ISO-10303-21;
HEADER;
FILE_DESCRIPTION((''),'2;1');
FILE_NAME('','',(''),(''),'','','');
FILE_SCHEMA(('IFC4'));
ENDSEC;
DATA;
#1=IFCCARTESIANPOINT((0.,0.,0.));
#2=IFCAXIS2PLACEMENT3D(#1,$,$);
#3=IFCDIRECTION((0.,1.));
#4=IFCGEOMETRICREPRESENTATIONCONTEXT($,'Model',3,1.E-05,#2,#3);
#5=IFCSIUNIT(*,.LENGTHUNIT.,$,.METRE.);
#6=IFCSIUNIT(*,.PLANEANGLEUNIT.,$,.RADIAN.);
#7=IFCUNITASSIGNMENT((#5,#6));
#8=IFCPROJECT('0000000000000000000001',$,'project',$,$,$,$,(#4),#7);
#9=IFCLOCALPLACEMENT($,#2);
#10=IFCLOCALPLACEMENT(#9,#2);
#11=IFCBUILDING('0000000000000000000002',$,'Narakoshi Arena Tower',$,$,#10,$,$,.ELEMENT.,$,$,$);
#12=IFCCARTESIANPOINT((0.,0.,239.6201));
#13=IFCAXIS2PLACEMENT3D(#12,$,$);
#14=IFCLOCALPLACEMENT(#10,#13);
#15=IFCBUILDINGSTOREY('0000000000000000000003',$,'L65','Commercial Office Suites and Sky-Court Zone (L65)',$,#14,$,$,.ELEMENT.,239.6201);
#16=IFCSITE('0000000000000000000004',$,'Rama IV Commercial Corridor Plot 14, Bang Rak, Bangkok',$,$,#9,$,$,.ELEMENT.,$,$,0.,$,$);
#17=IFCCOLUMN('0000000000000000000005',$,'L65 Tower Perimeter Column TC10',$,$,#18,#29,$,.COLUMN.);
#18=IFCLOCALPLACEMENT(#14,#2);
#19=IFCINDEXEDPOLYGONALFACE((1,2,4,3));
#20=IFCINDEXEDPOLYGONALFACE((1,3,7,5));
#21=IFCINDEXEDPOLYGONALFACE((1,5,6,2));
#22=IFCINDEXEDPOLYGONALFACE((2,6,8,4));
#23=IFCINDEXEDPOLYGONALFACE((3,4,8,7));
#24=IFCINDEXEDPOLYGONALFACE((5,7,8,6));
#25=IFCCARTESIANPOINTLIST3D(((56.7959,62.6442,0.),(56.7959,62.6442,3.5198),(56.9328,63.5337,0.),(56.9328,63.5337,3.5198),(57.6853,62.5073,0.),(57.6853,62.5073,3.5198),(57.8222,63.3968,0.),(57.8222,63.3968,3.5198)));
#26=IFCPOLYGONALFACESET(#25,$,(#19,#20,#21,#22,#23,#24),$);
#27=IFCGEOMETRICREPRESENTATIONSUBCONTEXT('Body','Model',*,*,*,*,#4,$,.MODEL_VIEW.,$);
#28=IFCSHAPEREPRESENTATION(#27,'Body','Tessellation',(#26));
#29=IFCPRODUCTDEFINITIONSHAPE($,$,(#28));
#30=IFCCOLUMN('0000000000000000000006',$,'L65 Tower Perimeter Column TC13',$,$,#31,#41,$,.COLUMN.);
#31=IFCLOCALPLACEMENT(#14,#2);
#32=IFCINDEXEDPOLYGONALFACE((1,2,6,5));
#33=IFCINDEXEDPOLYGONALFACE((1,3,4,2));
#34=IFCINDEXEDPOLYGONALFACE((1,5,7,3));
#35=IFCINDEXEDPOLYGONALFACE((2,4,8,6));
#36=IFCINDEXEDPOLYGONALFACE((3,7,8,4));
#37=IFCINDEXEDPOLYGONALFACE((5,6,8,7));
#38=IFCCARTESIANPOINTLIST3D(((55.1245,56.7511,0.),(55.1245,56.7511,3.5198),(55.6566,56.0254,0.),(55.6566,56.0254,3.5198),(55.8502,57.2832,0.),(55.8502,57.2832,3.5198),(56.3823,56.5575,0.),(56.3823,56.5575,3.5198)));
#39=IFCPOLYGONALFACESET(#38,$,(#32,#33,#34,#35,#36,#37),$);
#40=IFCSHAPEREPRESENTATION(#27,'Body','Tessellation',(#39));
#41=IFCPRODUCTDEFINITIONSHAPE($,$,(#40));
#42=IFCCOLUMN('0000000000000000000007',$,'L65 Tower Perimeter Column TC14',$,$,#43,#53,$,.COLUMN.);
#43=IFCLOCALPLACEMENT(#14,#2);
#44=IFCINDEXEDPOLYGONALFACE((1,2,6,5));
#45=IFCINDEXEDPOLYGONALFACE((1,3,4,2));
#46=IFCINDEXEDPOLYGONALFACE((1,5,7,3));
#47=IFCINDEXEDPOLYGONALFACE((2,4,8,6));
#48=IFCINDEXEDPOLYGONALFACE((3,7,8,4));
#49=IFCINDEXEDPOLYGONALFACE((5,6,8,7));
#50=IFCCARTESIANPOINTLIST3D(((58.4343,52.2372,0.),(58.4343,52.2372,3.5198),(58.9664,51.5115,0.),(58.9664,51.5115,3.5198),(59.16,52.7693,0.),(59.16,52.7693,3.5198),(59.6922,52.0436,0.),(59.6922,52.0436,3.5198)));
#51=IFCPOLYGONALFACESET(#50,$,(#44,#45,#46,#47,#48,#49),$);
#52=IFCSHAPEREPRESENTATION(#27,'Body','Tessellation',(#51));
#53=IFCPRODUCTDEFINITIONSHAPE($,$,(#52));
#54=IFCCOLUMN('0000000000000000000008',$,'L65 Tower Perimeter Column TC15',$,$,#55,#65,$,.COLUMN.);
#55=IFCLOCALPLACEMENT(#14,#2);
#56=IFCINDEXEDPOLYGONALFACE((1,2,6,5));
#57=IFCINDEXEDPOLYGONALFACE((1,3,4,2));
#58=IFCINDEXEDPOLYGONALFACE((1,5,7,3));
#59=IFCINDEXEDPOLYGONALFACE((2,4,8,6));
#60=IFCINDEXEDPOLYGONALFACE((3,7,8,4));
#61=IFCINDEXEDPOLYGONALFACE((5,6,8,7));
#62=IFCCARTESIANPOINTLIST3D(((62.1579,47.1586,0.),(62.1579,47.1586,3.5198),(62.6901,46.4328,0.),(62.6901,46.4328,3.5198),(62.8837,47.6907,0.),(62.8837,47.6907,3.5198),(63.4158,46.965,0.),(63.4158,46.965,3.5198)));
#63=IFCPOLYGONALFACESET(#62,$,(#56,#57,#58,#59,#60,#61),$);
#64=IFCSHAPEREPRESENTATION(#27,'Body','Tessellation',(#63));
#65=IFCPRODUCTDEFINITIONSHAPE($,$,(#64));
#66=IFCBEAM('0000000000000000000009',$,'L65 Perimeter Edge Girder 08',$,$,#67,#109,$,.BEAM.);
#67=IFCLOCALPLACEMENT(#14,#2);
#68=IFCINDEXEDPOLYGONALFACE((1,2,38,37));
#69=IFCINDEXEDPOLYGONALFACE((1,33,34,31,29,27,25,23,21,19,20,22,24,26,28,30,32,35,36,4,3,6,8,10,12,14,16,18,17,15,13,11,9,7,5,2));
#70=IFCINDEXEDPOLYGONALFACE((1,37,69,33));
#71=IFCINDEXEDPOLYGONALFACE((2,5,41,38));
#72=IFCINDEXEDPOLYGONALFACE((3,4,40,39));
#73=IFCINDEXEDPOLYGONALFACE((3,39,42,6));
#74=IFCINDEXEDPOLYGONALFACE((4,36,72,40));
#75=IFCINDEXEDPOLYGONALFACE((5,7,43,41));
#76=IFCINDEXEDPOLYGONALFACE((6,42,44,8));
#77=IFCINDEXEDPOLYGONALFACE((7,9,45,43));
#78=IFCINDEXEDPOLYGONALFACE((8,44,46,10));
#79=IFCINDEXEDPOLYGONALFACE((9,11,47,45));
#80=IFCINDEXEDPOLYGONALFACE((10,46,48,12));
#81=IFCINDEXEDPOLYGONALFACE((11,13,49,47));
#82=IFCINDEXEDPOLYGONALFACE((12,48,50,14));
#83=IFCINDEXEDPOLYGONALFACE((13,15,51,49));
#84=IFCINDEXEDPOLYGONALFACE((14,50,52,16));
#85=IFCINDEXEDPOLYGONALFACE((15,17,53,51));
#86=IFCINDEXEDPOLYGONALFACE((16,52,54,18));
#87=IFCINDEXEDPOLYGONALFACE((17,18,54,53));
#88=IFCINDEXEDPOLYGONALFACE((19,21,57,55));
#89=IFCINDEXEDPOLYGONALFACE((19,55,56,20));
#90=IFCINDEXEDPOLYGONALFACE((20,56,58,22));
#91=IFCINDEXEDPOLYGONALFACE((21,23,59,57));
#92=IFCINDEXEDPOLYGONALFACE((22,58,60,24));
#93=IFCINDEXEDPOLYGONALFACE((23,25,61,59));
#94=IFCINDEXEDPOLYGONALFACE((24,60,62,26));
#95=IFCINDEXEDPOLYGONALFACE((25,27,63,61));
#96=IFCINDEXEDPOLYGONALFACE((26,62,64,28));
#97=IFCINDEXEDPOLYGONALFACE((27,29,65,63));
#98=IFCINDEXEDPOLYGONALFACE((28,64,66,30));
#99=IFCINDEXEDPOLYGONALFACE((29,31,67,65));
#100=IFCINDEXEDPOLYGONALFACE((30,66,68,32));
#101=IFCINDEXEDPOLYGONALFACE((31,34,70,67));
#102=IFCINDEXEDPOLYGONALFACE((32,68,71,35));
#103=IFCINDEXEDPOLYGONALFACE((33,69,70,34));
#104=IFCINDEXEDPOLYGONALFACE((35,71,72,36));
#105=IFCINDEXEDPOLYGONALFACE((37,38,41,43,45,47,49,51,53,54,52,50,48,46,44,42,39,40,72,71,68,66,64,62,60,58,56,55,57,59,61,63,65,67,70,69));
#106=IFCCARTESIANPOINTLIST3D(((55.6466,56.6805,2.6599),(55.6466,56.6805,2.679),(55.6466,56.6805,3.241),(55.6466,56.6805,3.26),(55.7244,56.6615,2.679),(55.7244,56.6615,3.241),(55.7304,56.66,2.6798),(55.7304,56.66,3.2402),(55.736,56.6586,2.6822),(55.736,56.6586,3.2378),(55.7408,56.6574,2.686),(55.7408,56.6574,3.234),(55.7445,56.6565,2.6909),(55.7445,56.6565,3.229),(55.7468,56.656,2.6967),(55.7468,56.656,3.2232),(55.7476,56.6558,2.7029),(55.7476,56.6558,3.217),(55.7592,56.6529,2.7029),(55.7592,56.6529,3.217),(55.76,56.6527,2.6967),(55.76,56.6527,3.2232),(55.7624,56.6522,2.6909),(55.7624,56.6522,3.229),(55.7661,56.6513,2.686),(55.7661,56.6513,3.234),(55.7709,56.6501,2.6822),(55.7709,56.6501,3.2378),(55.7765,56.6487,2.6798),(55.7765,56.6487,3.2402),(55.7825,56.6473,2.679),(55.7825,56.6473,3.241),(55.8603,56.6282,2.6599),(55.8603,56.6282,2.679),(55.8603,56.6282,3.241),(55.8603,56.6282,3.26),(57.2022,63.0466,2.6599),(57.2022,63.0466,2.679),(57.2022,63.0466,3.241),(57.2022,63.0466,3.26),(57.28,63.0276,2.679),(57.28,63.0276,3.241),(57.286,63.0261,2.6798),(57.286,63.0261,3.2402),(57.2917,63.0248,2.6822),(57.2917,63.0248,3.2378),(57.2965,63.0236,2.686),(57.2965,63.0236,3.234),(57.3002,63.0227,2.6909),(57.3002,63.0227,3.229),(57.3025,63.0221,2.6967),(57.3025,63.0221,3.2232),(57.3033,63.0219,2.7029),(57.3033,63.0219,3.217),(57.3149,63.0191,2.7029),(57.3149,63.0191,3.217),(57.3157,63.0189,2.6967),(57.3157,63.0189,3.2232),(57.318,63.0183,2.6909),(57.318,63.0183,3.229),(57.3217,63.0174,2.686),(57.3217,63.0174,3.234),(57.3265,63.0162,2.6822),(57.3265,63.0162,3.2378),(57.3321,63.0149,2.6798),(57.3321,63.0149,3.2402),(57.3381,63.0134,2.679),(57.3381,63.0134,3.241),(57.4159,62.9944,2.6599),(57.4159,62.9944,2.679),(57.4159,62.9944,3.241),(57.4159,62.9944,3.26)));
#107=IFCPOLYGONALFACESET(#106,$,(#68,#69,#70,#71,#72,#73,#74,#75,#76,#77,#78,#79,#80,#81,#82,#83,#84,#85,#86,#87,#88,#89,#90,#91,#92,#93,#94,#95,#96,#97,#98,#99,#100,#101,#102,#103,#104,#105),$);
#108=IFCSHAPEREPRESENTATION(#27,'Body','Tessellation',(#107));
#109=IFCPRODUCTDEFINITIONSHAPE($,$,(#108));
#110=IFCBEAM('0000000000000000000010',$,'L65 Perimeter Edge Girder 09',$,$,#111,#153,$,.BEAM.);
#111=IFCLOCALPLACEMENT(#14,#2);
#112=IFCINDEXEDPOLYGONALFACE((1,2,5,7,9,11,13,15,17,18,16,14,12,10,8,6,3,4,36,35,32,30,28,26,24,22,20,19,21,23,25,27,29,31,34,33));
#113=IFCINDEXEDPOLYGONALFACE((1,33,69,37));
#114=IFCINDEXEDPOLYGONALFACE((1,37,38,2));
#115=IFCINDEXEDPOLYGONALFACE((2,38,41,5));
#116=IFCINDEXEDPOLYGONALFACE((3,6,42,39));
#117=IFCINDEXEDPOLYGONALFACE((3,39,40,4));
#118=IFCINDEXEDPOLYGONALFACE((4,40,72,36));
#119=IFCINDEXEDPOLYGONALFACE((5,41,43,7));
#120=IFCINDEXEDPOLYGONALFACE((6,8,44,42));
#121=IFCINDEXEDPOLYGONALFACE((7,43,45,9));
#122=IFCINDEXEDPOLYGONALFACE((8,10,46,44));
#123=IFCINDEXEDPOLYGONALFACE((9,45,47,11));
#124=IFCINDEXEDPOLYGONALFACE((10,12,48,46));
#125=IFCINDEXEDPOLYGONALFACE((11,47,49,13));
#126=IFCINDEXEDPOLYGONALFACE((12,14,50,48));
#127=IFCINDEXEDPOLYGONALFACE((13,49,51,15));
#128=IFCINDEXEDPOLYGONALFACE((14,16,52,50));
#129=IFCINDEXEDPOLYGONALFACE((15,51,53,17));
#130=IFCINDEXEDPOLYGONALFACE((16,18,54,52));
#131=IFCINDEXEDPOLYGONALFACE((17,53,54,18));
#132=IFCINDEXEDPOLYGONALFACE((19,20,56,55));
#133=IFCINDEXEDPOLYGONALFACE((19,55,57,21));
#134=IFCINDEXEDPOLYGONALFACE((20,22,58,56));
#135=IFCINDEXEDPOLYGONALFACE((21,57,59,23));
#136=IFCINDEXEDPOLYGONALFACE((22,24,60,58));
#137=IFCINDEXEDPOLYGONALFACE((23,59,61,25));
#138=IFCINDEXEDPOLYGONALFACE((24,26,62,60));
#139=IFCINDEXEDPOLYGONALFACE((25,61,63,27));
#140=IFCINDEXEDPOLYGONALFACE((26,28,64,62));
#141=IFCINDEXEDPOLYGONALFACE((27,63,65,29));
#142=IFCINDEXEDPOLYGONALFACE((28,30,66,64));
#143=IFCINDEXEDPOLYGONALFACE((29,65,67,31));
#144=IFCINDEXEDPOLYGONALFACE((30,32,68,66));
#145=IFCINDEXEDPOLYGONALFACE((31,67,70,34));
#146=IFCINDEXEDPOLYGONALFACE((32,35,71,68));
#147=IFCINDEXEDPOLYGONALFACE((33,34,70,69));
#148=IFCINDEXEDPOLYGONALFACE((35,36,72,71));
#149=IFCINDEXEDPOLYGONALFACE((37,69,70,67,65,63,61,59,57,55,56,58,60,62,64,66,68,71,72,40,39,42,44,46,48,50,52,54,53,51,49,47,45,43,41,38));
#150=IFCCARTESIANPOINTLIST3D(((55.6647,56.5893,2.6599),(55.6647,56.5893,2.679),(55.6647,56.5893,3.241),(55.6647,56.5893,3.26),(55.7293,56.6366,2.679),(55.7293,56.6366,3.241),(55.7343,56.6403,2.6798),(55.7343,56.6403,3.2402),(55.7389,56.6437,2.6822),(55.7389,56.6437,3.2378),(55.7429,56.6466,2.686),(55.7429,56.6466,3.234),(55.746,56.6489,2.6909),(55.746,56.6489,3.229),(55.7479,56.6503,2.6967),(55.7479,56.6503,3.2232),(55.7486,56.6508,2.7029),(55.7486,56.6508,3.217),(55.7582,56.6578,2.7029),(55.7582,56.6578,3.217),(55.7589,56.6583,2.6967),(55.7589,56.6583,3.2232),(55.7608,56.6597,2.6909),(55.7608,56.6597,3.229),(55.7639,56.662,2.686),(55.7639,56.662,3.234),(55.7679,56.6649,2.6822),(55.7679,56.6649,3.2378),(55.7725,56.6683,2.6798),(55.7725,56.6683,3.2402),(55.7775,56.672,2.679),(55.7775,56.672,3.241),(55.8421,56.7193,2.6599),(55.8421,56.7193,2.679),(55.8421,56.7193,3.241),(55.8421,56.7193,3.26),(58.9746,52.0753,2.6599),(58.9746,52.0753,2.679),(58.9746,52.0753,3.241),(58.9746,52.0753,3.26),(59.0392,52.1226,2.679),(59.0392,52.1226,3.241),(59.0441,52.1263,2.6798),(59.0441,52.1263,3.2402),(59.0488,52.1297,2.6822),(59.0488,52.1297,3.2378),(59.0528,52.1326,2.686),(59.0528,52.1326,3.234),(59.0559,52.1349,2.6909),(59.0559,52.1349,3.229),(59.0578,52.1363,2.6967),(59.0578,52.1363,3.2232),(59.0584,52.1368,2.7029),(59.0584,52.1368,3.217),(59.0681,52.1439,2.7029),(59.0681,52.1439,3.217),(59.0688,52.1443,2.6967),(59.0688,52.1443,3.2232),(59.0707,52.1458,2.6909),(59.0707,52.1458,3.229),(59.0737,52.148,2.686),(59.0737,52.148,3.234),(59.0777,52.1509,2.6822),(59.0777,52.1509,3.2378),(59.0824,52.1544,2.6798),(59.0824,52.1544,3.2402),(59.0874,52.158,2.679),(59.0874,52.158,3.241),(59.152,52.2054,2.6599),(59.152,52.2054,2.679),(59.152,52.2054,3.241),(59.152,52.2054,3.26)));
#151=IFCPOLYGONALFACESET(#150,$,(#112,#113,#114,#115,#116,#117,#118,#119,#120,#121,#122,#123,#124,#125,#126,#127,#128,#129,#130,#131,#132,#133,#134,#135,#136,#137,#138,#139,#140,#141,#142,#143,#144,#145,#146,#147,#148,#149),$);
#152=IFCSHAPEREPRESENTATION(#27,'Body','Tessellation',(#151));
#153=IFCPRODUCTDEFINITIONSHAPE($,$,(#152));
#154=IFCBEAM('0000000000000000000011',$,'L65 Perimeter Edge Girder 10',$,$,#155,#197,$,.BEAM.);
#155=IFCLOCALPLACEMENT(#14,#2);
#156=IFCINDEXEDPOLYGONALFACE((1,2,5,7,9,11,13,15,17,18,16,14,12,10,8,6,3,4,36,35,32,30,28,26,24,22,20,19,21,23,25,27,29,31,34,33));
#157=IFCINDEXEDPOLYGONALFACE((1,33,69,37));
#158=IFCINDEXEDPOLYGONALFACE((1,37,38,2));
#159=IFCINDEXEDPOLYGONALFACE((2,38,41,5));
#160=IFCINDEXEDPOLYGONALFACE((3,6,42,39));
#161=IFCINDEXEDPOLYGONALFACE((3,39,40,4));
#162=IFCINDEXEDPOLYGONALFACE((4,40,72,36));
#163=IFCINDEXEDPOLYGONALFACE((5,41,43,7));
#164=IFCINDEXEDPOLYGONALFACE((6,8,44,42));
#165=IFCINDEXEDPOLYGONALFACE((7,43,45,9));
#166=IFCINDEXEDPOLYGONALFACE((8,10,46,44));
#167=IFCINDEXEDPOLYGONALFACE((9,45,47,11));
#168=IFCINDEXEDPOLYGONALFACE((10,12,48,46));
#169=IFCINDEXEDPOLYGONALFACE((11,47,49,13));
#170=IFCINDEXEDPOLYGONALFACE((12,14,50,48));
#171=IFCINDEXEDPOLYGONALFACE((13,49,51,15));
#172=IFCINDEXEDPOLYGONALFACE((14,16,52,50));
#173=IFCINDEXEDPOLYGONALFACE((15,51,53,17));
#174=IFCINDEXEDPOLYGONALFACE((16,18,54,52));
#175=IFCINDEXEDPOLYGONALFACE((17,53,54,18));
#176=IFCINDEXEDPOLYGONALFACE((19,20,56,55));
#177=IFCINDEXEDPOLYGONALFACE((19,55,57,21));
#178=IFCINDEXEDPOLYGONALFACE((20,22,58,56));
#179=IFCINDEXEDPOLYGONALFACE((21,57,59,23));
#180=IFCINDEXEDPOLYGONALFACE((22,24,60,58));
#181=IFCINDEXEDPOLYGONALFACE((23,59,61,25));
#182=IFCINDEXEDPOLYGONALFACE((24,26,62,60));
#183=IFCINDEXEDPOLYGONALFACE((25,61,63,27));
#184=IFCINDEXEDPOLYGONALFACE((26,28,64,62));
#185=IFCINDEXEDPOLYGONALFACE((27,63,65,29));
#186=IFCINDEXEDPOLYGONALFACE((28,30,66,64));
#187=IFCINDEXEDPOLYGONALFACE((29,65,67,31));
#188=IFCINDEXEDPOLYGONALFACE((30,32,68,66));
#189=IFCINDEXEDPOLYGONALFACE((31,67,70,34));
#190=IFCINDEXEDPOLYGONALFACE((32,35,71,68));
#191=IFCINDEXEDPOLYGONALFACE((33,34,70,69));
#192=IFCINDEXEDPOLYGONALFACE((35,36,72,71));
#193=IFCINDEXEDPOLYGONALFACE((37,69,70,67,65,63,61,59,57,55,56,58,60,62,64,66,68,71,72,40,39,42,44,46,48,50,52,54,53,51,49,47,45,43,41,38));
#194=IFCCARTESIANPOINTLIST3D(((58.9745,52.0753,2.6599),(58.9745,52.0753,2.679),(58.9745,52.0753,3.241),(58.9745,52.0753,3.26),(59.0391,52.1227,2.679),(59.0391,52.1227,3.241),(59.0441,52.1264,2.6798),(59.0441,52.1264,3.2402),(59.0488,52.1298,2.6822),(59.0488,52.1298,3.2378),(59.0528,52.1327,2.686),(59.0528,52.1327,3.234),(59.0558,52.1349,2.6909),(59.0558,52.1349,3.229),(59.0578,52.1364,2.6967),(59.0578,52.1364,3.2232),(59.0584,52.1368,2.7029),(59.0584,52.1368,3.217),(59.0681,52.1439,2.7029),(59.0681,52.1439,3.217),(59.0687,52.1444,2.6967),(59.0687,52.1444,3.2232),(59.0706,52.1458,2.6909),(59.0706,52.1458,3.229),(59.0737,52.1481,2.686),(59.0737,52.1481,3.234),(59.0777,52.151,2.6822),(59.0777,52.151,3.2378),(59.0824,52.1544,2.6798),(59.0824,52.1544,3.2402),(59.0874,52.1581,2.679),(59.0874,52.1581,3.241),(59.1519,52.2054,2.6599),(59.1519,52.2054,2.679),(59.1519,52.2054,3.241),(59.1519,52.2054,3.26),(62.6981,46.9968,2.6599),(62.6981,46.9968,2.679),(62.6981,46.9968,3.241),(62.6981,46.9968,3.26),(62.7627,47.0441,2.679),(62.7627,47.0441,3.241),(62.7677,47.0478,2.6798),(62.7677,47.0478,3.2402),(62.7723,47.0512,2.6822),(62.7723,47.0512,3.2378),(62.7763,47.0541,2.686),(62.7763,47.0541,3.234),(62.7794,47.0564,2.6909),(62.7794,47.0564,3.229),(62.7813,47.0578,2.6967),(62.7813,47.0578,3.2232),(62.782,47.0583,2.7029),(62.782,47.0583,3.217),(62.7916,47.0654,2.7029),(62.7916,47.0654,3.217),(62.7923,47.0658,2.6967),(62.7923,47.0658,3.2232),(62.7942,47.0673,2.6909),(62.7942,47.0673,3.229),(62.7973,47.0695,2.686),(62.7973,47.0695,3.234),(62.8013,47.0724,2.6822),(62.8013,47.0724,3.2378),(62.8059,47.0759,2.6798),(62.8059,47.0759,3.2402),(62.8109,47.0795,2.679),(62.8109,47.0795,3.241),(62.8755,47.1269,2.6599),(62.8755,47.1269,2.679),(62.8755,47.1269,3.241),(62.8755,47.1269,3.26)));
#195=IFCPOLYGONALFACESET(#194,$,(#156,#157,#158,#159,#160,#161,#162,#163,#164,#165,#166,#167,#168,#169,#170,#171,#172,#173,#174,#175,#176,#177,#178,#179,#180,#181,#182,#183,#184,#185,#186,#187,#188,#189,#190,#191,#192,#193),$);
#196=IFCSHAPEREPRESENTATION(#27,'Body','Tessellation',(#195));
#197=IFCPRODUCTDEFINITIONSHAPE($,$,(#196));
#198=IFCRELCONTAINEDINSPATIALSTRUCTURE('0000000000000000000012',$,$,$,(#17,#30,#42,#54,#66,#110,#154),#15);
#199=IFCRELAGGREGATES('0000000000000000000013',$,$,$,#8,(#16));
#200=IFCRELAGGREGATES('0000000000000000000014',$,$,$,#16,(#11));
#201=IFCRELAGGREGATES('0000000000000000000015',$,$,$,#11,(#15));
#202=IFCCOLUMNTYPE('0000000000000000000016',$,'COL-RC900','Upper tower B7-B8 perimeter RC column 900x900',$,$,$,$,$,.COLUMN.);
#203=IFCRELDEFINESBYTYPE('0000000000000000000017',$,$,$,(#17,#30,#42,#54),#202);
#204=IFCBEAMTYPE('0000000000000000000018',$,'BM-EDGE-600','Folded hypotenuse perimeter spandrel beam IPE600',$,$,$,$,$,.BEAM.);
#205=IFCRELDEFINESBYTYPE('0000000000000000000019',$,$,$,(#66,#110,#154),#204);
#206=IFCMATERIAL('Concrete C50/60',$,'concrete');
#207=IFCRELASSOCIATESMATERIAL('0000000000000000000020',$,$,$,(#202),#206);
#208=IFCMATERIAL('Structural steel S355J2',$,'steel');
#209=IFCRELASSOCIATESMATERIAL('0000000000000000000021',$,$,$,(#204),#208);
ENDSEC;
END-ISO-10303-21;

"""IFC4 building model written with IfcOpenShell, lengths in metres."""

from ifc_helpers import new_model, si_unit, direction, frame, origin, origin_2d, place, context, subcontext, project, spatial, rectangle, i_section, extrude, material, material_profile, profile_set, type_object, element, save


model = new_model("IFC4")

# Units and contexts
model_context = context("Model", 3, precision=1e-05, world=origin(), true_north=direction((0.0, 1.0)))
body_context = subcontext(model_context, "Body", "Model", "MODEL_VIEW")
ifc_project = project(units=[si_unit("LENGTHUNIT", "METRE"), si_unit("PLANEANGLEUNIT", "RADIAN")], contexts=[model_context])

# Site, building, storey
site_placement = place(None, origin())
site = spatial("IfcSite", under=ifc_project, at=site_placement, Name="Rama IV Commercial Corridor Plot 14, Bang Rak, Bangkok", CompositionType="ELEMENT", RefElevation=0.0)
building_placement = place(site_placement, origin())
building = spatial("IfcBuilding", under=site, at=building_placement, Name="Narakoshi Arena Tower", CompositionType="ELEMENT")
storey_placement = place(building_placement, frame((0.0, 0.0, 239.6201)))
storey = spatial("IfcBuildingStorey", under=building, at=storey_placement, Name="L65", Description="Commercial Office Suites and Sky-Court Zone (L65)", CompositionType="ELEMENT", Elevation=239.6201)

# Columns
ifc_material_1 = material(Name="Concrete C50/60", Category="concrete")
ifc_material_profile_1 = material_profile(ifc_material_1, rectangle(XDim=0.8999, YDim=0.8999, at=origin_2d()), Name="RC900x900")
ifc_profile_set_1 = profile_set([ifc_material_profile_1], Name="Concrete C50/60")
column_type = type_object("IfcColumnType", Name="COL-RC900", Description="Upper tower B7-B8 perimeter RC column 900x900", PredefinedType="COLUMN", material=ifc_profile_set_1)
for number, where, z_axis, x_axis, name in (
    (1, (57.3091, 63.0205, 0.0), (0.0, 0.0, 1.0), (0.152123, 0.988362, 0.0), "L65 Tower Perimeter Column TC10"),
    (2, (55.7534, 56.6543, 0.0), (0.0, 0.0, 1.0), (-0.59131, 0.806445, 0.0), "L65 Tower Perimeter Column TC13"),
    (3, (59.0632, 52.1404, 0.0), (0.0, 0.0, 1.0), (-0.59131, 0.806445, 0.0), "L65 Tower Perimeter Column TC14"),
    (4, (62.7869, 47.0618, 0.0), (0.0, 0.0, 1.0), (-0.59131, 0.806445, 0.0), "L65 Tower Perimeter Column TC15"),
):
    element("IfcColumn", number, at=place(storey_placement, frame(where, z_axis=z_axis, x_axis=x_axis)), inside=storey, type_object=column_type, Name=name, PredefinedType="COLUMN", context=body_context, shape_type="SweptSolid", body=[
        extrude(rectangle(XDim=0.8999, YDim=0.8999, at=origin_2d()), origin(), (0.0, 0.0, 1.0), 3.5198),
    ])

# Beams
ifc_material_2 = material(Name="Structural steel S355J2", Category="steel")
ifc_material_profile_2 = material_profile(ifc_material_2, i_section(OverallWidth=0.22, OverallDepth=0.6001, WebThickness=0.012, FlangeThickness=0.019, FilletRadius=0.0239, at=origin_2d()), Name="IPE600")
ifc_profile_set_2 = profile_set([ifc_material_profile_2], Name="Structural steel S355J2")
beam_type_1 = type_object("IfcBeamType", Name="BM-EDGE-600", Description="Folded hypotenuse perimeter spandrel beam IPE600", PredefinedType="BEAM", material=ifc_profile_set_2)
beam_1_placement = place(storey_placement, frame((57.3091, 63.0205, 2.96), z_axis=(-0.237378, -0.971417, 0.0), x_axis=(0.971417, -0.237378, 0.0)))
element("IfcBeam", 5, at=beam_1_placement, inside=storey, type_object=beam_type_1, Name="L65 Perimeter Edge Girder 08", PredefinedType="BEAM", context=body_context, shape_type="SweptSolid", body=[
    extrude(i_section(OverallWidth=0.22, OverallDepth=0.6001, WebThickness=0.012, FlangeThickness=0.019, FilletRadius=0.0239, at=origin_2d()), origin(), (0.0, 0.0, 1.0), 6.5535),
])
beam_2_placement = place(storey_placement, frame((55.7534, 56.6543, 2.96), z_axis=(0.591318, -0.806438, 0.0), x_axis=(0.806438, 0.591318, 0.0)))
element("IfcBeam", 6, at=beam_2_placement, inside=storey, type_object=beam_type_1, Name="L65 Perimeter Edge Girder 09", PredefinedType="BEAM", context=body_context, shape_type="SweptSolid", body=[
    extrude(i_section(OverallWidth=0.22, OverallDepth=0.6001, WebThickness=0.012, FlangeThickness=0.019, FilletRadius=0.0239, at=origin_2d()), origin(), (0.0, 0.0, 1.0), 5.5974),
])
beam_3_placement = place(storey_placement, frame((59.0632, 52.1404, 2.96), z_axis=(0.591293, -0.806457, 0.0), x_axis=(0.806457, 0.591293, 0.0)))
element("IfcBeam", 7, at=beam_3_placement, inside=storey, type_object=beam_type_1, Name="L65 Perimeter Edge Girder 10", PredefinedType="BEAM", context=body_context, shape_type="SweptSolid", body=[
    extrude(i_section(OverallWidth=0.22, OverallDepth=0.6001, WebThickness=0.012, FlangeThickness=0.019, FilletRadius=0.0239, at=origin_2d()), origin(), (0.0, 0.0, 1.0), 6.2974),
])

save(model, "model.ifc")
